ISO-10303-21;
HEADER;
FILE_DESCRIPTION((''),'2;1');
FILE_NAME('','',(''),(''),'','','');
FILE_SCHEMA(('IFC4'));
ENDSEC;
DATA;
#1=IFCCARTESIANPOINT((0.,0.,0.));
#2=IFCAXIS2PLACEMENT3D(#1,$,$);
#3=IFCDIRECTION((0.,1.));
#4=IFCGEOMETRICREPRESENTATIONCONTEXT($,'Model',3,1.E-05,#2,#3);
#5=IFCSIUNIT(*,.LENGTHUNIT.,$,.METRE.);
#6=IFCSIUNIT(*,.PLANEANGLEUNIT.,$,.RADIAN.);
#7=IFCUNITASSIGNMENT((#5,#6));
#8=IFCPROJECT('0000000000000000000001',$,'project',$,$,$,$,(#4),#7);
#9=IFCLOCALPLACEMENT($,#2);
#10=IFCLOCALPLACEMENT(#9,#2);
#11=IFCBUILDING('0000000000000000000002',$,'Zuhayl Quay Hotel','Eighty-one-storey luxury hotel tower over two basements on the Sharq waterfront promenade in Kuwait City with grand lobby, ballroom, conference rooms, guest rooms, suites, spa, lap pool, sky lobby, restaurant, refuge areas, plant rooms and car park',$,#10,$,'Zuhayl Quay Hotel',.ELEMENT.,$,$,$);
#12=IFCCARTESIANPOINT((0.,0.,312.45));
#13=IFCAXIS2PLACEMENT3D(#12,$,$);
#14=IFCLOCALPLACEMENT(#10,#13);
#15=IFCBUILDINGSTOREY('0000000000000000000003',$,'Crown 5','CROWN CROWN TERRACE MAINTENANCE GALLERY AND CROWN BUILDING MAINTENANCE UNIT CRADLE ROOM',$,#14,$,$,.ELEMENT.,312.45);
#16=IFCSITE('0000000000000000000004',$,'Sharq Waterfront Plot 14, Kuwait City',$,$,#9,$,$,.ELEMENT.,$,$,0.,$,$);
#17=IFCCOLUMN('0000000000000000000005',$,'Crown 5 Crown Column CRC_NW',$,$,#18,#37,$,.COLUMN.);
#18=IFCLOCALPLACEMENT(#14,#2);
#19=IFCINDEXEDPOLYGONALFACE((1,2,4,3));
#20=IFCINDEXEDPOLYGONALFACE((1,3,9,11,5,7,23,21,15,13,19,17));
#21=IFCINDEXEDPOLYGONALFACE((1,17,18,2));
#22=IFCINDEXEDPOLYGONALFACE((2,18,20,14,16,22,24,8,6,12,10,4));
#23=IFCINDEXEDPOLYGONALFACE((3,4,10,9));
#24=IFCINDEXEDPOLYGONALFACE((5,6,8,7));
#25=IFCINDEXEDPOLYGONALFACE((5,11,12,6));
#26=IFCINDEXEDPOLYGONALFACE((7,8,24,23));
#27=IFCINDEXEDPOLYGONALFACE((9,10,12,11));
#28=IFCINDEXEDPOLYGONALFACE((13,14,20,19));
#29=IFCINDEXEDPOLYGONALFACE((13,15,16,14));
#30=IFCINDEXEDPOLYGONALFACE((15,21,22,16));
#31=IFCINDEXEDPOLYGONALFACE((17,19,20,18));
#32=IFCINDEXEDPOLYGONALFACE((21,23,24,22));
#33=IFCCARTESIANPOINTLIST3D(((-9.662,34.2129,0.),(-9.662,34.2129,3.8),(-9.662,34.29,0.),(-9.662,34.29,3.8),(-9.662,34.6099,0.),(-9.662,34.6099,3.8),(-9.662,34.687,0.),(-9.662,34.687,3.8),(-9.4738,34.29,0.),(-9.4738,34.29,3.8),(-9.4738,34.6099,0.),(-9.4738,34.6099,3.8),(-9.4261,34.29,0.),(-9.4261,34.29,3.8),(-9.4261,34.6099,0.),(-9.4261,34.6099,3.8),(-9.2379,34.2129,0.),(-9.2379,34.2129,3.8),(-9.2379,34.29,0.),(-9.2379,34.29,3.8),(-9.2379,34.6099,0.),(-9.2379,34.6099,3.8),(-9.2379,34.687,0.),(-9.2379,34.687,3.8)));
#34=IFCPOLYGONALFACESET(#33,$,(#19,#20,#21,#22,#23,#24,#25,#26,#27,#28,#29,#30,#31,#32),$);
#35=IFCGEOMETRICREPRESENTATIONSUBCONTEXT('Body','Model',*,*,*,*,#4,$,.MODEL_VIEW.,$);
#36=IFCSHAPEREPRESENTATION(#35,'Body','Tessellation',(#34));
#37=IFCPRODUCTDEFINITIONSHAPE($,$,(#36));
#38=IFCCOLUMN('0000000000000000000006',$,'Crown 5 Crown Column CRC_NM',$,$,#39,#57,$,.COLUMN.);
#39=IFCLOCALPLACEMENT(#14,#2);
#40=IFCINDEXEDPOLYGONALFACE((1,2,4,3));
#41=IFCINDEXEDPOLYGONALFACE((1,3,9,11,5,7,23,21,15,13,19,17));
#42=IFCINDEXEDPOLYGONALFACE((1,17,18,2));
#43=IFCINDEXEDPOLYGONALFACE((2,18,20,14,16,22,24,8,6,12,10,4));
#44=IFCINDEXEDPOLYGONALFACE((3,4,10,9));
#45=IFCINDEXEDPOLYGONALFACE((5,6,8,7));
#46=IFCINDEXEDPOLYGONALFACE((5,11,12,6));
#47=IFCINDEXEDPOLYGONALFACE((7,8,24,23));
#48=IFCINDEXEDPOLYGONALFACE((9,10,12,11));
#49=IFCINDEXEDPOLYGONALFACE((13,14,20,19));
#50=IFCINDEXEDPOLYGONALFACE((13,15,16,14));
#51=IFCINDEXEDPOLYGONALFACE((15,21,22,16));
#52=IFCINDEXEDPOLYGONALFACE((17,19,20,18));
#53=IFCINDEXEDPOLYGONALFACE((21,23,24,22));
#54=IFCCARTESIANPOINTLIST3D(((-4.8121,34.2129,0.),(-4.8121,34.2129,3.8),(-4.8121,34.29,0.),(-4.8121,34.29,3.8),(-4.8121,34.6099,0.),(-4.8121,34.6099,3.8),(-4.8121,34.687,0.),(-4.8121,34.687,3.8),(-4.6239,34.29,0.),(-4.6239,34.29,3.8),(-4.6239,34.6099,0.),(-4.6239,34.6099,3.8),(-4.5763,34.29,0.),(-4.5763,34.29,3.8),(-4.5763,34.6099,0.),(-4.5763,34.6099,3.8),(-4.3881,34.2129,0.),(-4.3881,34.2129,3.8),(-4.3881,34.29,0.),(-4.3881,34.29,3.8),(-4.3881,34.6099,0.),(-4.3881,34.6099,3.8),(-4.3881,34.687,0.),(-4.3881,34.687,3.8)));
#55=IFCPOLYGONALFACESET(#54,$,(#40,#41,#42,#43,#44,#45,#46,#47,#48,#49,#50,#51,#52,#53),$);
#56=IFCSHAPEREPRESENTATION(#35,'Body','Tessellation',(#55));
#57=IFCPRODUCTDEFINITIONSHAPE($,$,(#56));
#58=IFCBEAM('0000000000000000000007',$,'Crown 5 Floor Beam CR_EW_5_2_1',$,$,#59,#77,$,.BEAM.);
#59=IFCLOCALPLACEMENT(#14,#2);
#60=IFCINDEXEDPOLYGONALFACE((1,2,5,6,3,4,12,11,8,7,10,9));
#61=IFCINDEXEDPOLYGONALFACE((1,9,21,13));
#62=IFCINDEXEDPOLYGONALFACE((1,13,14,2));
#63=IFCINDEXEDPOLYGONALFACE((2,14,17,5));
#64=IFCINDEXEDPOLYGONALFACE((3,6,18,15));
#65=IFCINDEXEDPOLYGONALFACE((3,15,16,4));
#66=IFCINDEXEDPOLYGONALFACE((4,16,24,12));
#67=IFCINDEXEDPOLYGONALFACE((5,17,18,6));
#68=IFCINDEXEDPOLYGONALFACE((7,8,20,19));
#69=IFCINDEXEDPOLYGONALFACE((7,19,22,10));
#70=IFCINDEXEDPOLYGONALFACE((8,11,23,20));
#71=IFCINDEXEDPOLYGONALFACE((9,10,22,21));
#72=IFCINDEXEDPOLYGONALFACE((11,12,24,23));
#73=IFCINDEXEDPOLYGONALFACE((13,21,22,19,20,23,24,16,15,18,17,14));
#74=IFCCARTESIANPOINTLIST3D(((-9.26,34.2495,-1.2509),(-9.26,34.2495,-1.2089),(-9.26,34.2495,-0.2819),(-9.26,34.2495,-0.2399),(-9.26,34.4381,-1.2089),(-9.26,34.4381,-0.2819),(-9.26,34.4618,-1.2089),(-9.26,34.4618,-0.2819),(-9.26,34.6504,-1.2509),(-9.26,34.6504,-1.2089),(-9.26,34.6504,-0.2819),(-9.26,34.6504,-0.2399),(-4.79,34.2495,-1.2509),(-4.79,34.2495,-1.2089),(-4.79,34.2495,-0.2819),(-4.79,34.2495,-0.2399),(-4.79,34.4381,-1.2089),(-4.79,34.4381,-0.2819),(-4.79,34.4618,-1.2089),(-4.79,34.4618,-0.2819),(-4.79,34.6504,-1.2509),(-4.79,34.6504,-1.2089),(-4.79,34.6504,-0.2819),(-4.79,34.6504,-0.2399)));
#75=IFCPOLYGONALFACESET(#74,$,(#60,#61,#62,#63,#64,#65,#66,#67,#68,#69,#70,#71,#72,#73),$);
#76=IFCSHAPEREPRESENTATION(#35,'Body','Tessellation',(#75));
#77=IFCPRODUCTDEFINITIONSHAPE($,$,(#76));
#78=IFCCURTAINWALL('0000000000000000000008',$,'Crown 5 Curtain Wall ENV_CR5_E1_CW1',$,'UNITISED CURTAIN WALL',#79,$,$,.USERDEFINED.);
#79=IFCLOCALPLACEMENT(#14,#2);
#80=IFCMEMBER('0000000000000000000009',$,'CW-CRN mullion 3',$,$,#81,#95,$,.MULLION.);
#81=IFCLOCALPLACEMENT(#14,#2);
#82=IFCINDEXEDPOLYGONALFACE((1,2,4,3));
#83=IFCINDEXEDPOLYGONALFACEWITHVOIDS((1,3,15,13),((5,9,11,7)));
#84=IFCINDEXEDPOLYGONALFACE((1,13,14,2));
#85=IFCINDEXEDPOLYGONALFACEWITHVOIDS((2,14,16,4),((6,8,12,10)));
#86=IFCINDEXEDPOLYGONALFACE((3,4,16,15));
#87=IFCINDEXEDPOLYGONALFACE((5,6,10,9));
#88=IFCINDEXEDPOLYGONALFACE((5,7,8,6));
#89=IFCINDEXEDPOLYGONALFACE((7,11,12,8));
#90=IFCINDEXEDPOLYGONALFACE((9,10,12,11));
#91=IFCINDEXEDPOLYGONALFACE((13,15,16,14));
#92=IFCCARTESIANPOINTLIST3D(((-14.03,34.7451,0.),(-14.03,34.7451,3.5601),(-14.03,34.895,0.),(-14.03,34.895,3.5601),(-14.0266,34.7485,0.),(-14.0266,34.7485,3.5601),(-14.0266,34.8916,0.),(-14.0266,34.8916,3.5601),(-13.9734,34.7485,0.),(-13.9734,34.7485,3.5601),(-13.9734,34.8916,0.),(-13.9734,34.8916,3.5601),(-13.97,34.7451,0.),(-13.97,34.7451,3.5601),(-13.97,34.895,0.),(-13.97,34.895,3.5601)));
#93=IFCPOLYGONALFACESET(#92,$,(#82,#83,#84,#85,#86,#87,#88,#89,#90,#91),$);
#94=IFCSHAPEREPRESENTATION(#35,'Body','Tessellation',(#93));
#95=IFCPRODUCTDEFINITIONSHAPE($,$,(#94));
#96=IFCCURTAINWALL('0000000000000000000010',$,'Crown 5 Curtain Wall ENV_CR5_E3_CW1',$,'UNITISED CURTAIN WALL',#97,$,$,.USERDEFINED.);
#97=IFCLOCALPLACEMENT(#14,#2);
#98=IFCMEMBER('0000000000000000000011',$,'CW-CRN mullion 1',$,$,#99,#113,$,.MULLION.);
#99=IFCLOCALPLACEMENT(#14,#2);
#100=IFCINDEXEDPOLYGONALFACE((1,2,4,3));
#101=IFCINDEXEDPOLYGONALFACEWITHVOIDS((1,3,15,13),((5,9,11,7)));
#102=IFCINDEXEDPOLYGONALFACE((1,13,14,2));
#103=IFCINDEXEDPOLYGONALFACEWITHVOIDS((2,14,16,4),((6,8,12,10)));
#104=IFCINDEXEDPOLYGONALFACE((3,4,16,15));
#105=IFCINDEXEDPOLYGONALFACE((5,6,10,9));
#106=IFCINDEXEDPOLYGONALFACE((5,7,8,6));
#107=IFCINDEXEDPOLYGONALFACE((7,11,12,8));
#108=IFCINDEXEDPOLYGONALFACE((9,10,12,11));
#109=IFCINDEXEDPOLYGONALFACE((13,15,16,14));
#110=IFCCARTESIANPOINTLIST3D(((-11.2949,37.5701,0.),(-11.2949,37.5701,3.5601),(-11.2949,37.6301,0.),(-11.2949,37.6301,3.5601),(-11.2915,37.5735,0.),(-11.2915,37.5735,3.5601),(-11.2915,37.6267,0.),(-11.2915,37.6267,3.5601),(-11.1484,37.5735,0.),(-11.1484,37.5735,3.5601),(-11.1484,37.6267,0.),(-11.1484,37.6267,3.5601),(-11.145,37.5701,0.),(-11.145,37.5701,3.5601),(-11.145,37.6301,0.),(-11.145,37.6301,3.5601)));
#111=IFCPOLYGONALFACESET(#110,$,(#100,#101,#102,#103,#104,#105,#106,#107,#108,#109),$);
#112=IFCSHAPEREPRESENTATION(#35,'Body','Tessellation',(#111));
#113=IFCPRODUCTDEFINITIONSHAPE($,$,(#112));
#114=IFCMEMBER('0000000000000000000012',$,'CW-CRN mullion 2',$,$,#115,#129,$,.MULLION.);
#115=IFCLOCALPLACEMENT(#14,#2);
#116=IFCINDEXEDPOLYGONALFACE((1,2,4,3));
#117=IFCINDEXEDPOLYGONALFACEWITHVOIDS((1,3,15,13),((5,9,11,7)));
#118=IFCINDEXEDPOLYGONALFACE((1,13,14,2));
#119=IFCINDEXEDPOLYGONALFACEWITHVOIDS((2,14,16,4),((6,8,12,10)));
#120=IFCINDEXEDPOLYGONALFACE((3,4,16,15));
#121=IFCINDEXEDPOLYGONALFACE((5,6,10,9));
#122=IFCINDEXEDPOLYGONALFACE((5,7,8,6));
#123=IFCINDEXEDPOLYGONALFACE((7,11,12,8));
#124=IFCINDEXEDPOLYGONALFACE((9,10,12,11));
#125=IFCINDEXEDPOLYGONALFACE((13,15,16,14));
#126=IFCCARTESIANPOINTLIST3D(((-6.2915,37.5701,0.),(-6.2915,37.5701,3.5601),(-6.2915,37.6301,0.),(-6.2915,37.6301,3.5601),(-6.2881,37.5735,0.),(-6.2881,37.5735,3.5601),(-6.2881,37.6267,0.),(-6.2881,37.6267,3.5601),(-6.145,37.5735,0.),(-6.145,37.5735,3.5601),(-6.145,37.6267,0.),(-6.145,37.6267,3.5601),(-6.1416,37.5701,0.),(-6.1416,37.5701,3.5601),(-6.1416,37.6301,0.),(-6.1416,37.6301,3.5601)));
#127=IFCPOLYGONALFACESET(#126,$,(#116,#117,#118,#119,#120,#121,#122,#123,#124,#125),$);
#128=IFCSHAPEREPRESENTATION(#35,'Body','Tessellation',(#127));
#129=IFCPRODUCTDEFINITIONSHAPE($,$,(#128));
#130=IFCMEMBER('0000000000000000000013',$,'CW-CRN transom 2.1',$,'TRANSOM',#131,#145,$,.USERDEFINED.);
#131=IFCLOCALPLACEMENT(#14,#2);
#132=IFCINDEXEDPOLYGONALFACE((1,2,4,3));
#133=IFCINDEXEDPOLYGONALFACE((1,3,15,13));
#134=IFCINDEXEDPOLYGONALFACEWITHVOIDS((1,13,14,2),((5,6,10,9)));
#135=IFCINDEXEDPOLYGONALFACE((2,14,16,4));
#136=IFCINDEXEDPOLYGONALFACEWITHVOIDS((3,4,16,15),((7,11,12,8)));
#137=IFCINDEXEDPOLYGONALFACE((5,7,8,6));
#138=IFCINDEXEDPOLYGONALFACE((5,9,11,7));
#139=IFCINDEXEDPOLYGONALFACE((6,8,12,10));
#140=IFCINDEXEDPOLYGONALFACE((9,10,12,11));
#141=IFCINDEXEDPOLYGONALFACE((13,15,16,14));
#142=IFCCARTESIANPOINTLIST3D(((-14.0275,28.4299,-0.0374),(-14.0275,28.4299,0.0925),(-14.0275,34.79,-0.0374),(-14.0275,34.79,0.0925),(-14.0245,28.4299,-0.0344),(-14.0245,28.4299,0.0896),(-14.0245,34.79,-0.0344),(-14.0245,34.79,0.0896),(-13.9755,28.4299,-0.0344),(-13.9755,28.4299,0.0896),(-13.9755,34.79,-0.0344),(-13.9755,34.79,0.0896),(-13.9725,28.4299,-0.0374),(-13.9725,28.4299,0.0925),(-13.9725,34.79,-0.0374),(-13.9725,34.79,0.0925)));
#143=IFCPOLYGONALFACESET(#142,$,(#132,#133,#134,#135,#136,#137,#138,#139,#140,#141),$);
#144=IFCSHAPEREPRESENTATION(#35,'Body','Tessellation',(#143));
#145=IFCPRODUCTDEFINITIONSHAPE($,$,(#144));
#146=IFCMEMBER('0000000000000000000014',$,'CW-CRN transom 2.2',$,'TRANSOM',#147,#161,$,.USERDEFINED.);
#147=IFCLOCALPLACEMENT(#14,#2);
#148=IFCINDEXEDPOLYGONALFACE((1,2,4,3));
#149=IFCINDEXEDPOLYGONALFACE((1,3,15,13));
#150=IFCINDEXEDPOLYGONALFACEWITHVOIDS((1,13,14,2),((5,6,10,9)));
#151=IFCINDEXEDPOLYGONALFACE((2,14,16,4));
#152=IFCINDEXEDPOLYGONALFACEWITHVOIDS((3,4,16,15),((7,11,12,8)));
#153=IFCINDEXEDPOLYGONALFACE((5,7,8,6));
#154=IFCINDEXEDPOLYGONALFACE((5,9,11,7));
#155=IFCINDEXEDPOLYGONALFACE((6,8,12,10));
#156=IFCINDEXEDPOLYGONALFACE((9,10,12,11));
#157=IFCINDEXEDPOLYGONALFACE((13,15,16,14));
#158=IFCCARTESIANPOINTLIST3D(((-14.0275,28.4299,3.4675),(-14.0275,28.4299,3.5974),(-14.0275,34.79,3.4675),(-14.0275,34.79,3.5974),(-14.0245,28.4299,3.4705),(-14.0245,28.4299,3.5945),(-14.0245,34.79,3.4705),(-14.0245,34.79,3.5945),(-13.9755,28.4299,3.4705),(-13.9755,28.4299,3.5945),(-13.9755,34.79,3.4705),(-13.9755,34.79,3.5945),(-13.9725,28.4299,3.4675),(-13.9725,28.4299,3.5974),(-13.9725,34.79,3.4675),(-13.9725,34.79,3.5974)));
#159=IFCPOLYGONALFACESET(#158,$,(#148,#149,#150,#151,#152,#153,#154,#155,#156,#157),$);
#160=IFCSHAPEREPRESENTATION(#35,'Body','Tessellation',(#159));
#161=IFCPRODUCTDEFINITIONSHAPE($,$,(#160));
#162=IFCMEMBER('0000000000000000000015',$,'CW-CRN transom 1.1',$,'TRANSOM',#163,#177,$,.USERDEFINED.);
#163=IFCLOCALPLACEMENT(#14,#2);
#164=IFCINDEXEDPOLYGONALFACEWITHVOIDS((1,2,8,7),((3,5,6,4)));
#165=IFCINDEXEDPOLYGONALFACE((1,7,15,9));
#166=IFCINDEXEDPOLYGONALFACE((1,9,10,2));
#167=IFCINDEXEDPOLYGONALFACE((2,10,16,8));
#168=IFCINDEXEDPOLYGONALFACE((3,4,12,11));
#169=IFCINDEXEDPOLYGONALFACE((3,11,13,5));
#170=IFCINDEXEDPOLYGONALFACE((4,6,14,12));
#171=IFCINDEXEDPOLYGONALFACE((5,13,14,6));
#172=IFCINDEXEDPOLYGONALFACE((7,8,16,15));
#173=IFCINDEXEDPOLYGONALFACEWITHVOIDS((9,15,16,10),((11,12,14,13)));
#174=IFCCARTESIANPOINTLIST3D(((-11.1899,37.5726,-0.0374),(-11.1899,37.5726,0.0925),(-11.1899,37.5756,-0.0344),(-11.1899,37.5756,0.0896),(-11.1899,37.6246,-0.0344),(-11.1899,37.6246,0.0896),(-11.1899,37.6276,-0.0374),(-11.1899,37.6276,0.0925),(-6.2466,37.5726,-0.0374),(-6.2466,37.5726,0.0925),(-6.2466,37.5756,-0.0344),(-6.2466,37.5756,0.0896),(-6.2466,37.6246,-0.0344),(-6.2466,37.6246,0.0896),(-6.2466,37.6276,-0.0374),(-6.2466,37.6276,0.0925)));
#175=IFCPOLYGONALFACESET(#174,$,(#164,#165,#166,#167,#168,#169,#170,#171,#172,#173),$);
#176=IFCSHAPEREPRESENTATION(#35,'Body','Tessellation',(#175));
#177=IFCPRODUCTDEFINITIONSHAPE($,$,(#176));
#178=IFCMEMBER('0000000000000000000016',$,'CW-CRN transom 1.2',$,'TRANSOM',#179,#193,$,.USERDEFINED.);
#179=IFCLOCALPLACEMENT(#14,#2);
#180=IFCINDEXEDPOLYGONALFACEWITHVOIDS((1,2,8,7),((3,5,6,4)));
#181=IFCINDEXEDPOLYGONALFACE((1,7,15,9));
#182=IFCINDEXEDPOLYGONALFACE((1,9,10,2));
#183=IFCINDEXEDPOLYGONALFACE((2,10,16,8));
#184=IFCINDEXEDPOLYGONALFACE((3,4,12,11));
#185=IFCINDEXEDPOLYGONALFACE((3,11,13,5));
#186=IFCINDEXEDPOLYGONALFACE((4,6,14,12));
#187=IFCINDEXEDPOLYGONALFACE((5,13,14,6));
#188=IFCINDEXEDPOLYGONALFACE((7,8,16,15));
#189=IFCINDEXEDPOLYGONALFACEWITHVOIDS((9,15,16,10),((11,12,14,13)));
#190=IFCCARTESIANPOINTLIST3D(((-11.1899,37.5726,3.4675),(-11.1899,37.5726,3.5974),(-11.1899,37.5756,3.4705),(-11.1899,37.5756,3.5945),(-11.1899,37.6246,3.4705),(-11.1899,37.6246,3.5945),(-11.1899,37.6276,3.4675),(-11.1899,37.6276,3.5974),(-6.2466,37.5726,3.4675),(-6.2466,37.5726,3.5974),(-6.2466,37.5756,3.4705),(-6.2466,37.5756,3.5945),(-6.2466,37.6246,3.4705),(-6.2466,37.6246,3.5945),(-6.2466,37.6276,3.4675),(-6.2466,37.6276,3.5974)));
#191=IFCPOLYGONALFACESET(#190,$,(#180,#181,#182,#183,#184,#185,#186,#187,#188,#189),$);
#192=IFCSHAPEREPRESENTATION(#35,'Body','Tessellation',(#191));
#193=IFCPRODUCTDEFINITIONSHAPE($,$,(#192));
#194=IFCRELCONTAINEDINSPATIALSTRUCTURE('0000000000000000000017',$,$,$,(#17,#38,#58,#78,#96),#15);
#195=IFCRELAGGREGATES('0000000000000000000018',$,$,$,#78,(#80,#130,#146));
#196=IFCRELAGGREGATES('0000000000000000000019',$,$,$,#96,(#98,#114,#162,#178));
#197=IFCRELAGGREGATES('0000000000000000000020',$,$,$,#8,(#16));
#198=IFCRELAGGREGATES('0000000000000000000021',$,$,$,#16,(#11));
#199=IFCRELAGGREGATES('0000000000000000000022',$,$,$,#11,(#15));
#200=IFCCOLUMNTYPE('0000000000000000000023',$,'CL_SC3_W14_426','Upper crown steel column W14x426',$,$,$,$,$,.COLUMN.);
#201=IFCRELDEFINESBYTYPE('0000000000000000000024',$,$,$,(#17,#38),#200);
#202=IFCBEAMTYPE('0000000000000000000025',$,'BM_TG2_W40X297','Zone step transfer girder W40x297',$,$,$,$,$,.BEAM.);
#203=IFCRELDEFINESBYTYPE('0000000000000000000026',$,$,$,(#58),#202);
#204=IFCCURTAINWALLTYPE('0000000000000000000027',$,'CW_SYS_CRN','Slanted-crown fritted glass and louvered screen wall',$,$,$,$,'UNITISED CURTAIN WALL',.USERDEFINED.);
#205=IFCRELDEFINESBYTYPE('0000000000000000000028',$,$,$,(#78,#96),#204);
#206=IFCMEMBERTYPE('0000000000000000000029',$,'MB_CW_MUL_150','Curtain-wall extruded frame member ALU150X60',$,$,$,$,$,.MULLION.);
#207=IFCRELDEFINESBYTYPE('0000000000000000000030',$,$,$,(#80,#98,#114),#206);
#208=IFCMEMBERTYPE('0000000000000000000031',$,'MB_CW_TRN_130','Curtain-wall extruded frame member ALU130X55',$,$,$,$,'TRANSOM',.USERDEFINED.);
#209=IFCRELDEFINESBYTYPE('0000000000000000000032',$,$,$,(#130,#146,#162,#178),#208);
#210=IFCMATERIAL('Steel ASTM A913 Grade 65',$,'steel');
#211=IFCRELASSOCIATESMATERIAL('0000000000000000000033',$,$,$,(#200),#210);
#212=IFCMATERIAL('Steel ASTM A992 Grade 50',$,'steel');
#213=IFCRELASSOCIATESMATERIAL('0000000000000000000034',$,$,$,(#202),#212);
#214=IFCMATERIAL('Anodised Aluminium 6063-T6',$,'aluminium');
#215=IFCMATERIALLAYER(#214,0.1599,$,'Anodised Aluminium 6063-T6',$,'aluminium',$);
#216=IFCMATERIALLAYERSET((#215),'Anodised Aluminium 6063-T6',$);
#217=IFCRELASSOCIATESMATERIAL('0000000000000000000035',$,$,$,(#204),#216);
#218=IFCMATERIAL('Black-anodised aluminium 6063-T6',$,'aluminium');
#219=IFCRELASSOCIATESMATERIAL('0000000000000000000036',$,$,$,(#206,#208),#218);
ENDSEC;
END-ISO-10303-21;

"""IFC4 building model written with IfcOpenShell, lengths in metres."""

from ifc_helpers import new_model, si_unit, direction, frame, origin, origin_2d, place, context, subcontext, project, spatial, hollow_rectangle, i_section, extrude, material, layer, layer_set, material_profile, profile_set, type_object, element, aggregate, save


model = new_model("IFC4")

# Units and contexts
model_context = context("Model", 3, precision=1e-05, world=origin(), true_north=direction((0.0, 1.0)))
body_context = subcontext(model_context, "Body", "Model", "MODEL_VIEW")
ifc_project = project(units=[si_unit("LENGTHUNIT", "METRE"), si_unit("PLANEANGLEUNIT", "RADIAN")], contexts=[model_context])

# Site, building, storey
site_placement = place(None, origin())
site = spatial("IfcSite", under=ifc_project, at=site_placement, Name="Sharq Waterfront Plot 14, Kuwait City", CompositionType="ELEMENT", RefElevation=0.0)
building_placement = place(site_placement, origin())
building = spatial("IfcBuilding", under=site, at=building_placement, Name="Zuhayl Quay Hotel", Description="Eighty-one-storey luxury hotel tower over two basements on the Sharq waterfront promenade in Kuwait City with grand lobby, ballroom, conference rooms, guest rooms, suites, spa, lap pool, sky lobby, restaurant, refuge areas, plant rooms and car park", LongName="Zuhayl Quay Hotel", CompositionType="ELEMENT")
storey_placement = place(building_placement, frame((0.0, 0.0, 312.45)))
storey = spatial("IfcBuildingStorey", under=building, at=storey_placement, Name="Crown 5", Description="CROWN CROWN TERRACE MAINTENANCE GALLERY AND CROWN BUILDING MAINTENANCE UNIT CRADLE ROOM", CompositionType="ELEMENT", Elevation=312.45)

# Columns
ifc_material_1 = material(Name="Steel ASTM A913 Grade 65", Category="steel")
ifc_material_profile_1 = material_profile(ifc_material_1, i_section(OverallWidth=0.4241, OverallDepth=0.4741, WebThickness=0.0476, FlangeThickness=0.0771, at=origin_2d()), Name="W14X426")
ifc_profile_set_1 = profile_set([ifc_material_profile_1], Name="Steel ASTM A913 Grade 65")
column_type = type_object("IfcColumnType", Name="CL_SC3_W14_426", Description="Upper crown steel column W14x426", PredefinedType="COLUMN", material=ifc_profile_set_1)
for number, where, z_axis, x_axis, name in (
    (1, (-9.45, 34.45, 0.0), (0.0, 0.0, 1.0), (1.0, 0.0, 0.0), "Crown 5 Crown Column CRC_NW"),
    (2, (-4.6001, 34.45, 0.0), (0.0, 0.0, 1.0), (1.0, 0.0, 0.0), "Crown 5 Crown Column CRC_NM"),
):
    element("IfcColumn", number, at=place(storey_placement, frame(where, z_axis=z_axis, x_axis=x_axis)), inside=storey, type_object=column_type, Name=name, PredefinedType="COLUMN", context=body_context, shape_type="SweptSolid", body=[
        extrude(i_section(OverallWidth=0.4241, OverallDepth=0.4741, WebThickness=0.0476, FlangeThickness=0.0771, at=origin_2d()), origin(), (0.0, 0.0, 1.0), 3.8),
    ])

# Beam
ifc_material_2 = material(Name="Steel ASTM A992 Grade 50", Category="steel")
ifc_material_profile_2 = material_profile(ifc_material_2, i_section(OverallWidth=0.4009, OverallDepth=1.011, WebThickness=0.0237, FlangeThickness=0.042, at=origin_2d()), Name="W40X297")
ifc_profile_set_2 = profile_set([ifc_material_profile_2], Name="Steel ASTM A992 Grade 50")
beam_type = type_object("IfcBeamType", Name="BM_TG2_W40X297", Description="Zone step transfer girder W40x297", PredefinedType="BEAM", material=ifc_profile_set_2)
beam_placement = place(storey_placement, frame((-9.26, 34.45, -0.7454), z_axis=(1.0, 0.0, 0.0), x_axis=(0.0, 1.0, 0.0)))
element("IfcBeam", 3, at=beam_placement, inside=storey, type_object=beam_type, Name="Crown 5 Floor Beam CR_EW_5_2_1", PredefinedType="BEAM", context=body_context, shape_type="SweptSolid", body=[
    extrude(i_section(OverallWidth=0.4009, OverallDepth=1.011, WebThickness=0.0237, FlangeThickness=0.042, at=origin_2d()), origin(), (0.0, 0.0, 1.0), 4.47),
])

# Curtain wall, member
ifc_material_3 = material(Name="Anodised Aluminium 6063-T6", Category="aluminium")
ifc_layer_1 = layer(ifc_material_3, 0.1599, Name="Anodised Aluminium 6063-T6", Category="aluminium")
ifc_layer_set_1 = layer_set([ifc_layer_1], Name="Anodised Aluminium 6063-T6")
curtain_wall_type = type_object("IfcCurtainWallType", Name="CW_SYS_CRN", Description="Slanted-crown fritted glass and louvered screen wall", ElementType="UNITISED CURTAIN WALL", PredefinedType="USERDEFINED", material=ifc_layer_set_1)
curtain_wall_1_placement = place(storey_placement, origin())
curtain_wall_1 = element("IfcCurtainWall", 4, at=curtain_wall_1_placement, inside=storey, type_object=curtain_wall_type, Name="Crown 5 Curtain Wall ENV_CR5_E1_CW1", ObjectType="UNITISED CURTAIN WALL", PredefinedType="USERDEFINED")
ifc_material_4 = material(Name="Black-anodised aluminium 6063-T6", Category="aluminium")
ifc_material_profile_3 = material_profile(ifc_material_4, hollow_rectangle(XDim=0.0601, YDim=0.1499, WallThickness=0.0034, at=origin_2d()), Name="ALU150X60")
ifc_profile_set_3 = profile_set([ifc_material_profile_3], Name="Black-anodised aluminium 6063-T6")
member_type_1 = type_object("IfcMemberType", Name="MB_CW_MUL_150", Description="Curtain-wall extruded frame member ALU150X60", PredefinedType="MULLION", material=ifc_profile_set_3)
member_1_placement = place(storey_placement, frame((-14.0, 34.8201, 0.0), z_axis=(0.0, 0.0, 1.0), x_axis=(-1.0, 0.0, 0.0)))
member_1 = element("IfcMember", 5, at=member_1_placement, type_object=member_type_1, Name="CW-CRN mullion 3", PredefinedType="MULLION", context=body_context, shape_type="SweptSolid", body=[
    extrude(hollow_rectangle(XDim=0.0601, YDim=0.1499, WallThickness=0.0034, at=origin_2d()), origin(), (0.0, 0.0, 1.0), 3.5601),
])

# Curtain wall, members
curtain_wall_2_placement = place(storey_placement, origin())
curtain_wall_2 = element("IfcCurtainWall", 6, at=curtain_wall_2_placement, inside=storey, type_object=curtain_wall_type, Name="Crown 5 Curtain Wall ENV_CR5_E3_CW1", ObjectType="UNITISED CURTAIN WALL", PredefinedType="USERDEFINED")
member_2_placement = place(storey_placement, frame((-11.22, 37.6001, 0.0), z_axis=(0.0, 0.0, 1.0), x_axis=(0.0, 1.0, 0.0)))
member_2 = element("IfcMember", 7, at=member_2_placement, type_object=member_type_1, Name="CW-CRN mullion 1", PredefinedType="MULLION", context=body_context, shape_type="SweptSolid", body=[
    extrude(hollow_rectangle(XDim=0.0601, YDim=0.1499, WallThickness=0.0034, at=origin_2d()), origin(), (0.0, 0.0, 1.0), 3.5601),
])
member_3_placement = place(storey_placement, frame((-6.2166, 37.6001, 0.0), z_axis=(0.0, 0.0, 1.0), x_axis=(0.0, 1.0, 0.0)))
member_3 = element("IfcMember", 8, at=member_3_placement, type_object=member_type_1, Name="CW-CRN mullion 2", PredefinedType="MULLION", context=body_context, shape_type="SweptSolid", body=[
    extrude(hollow_rectangle(XDim=0.0601, YDim=0.1499, WallThickness=0.0034, at=origin_2d()), origin(), (0.0, 0.0, 1.0), 3.5601),
])

# Members
ifc_material_profile_4 = material_profile(ifc_material_4, hollow_rectangle(XDim=0.0549, YDim=0.1299, WallThickness=0.0029, at=origin_2d()), Name="ALU130X55")
ifc_profile_set_4 = profile_set([ifc_material_profile_4], Name="Black-anodised aluminium 6063-T6")
member_type_2 = type_object("IfcMemberType", Name="MB_CW_TRN_130", Description="Curtain-wall extruded frame member ALU130X55", ElementType="TRANSOM", PredefinedType="USERDEFINED", material=ifc_profile_set_4)
member_4_placement = place(storey_placement, frame((-14.0, 28.4299, 0.0276), z_axis=(0.0, 1.0, 0.0), x_axis=(-1.0, 0.0, 0.0)))
member_4 = element("IfcMember", 9, at=member_4_placement, type_object=member_type_2, Name="CW-CRN transom 2.1", ObjectType="TRANSOM", PredefinedType="USERDEFINED", context=body_context, shape_type="SweptSolid", body=[
    extrude(hollow_rectangle(XDim=0.0549, YDim=0.1299, WallThickness=0.0029, at=origin_2d()), origin(), (0.0, 0.0, 1.0), 6.3601),
])
member_5_placement = place(storey_placement, frame((-14.0, 28.4299, 3.5325), z_axis=(0.0, 1.0, 0.0), x_axis=(-1.0, 0.0, 0.0)))
member_5 = element("IfcMember", 10, at=member_5_placement, type_object=member_type_2, Name="CW-CRN transom 2.2", ObjectType="TRANSOM", PredefinedType="USERDEFINED", context=body_context, shape_type="SweptSolid", body=[
    extrude(hollow_rectangle(XDim=0.0549, YDim=0.1299, WallThickness=0.0029, at=origin_2d()), origin(), (0.0, 0.0, 1.0), 6.3601),
])
member_6_placement = place(storey_placement, frame((-11.1899, 37.6001, 0.0276), z_axis=(1.0, 0.0, 0.0), x_axis=(0.0, 1.0, 0.0)))
member_6 = element("IfcMember", 11, at=member_6_placement, type_object=member_type_2, Name="CW-CRN transom 1.1", ObjectType="TRANSOM", PredefinedType="USERDEFINED", context=body_context, shape_type="SweptSolid", body=[
    extrude(hollow_rectangle(XDim=0.0549, YDim=0.1299, WallThickness=0.0029, at=origin_2d()), origin(), (0.0, 0.0, 1.0), 4.9434),
])
member_7_placement = place(storey_placement, frame((-11.1899, 37.6001, 3.5325), z_axis=(1.0, 0.0, 0.0), x_axis=(0.0, 1.0, 0.0)))
member_7 = element("IfcMember", 12, at=member_7_placement, type_object=member_type_2, Name="CW-CRN transom 1.2", ObjectType="TRANSOM", PredefinedType="USERDEFINED", context=body_context, shape_type="SweptSolid", body=[
    extrude(hollow_rectangle(XDim=0.0549, YDim=0.1299, WallThickness=0.0029, at=origin_2d()), origin(), (0.0, 0.0, 1.0), 4.9434),
])

aggregate(curtain_wall_1, [member_1, member_4, member_5])
aggregate(curtain_wall_2, [member_2, member_3, member_6, member_7])

save(model, "model.ifc")
